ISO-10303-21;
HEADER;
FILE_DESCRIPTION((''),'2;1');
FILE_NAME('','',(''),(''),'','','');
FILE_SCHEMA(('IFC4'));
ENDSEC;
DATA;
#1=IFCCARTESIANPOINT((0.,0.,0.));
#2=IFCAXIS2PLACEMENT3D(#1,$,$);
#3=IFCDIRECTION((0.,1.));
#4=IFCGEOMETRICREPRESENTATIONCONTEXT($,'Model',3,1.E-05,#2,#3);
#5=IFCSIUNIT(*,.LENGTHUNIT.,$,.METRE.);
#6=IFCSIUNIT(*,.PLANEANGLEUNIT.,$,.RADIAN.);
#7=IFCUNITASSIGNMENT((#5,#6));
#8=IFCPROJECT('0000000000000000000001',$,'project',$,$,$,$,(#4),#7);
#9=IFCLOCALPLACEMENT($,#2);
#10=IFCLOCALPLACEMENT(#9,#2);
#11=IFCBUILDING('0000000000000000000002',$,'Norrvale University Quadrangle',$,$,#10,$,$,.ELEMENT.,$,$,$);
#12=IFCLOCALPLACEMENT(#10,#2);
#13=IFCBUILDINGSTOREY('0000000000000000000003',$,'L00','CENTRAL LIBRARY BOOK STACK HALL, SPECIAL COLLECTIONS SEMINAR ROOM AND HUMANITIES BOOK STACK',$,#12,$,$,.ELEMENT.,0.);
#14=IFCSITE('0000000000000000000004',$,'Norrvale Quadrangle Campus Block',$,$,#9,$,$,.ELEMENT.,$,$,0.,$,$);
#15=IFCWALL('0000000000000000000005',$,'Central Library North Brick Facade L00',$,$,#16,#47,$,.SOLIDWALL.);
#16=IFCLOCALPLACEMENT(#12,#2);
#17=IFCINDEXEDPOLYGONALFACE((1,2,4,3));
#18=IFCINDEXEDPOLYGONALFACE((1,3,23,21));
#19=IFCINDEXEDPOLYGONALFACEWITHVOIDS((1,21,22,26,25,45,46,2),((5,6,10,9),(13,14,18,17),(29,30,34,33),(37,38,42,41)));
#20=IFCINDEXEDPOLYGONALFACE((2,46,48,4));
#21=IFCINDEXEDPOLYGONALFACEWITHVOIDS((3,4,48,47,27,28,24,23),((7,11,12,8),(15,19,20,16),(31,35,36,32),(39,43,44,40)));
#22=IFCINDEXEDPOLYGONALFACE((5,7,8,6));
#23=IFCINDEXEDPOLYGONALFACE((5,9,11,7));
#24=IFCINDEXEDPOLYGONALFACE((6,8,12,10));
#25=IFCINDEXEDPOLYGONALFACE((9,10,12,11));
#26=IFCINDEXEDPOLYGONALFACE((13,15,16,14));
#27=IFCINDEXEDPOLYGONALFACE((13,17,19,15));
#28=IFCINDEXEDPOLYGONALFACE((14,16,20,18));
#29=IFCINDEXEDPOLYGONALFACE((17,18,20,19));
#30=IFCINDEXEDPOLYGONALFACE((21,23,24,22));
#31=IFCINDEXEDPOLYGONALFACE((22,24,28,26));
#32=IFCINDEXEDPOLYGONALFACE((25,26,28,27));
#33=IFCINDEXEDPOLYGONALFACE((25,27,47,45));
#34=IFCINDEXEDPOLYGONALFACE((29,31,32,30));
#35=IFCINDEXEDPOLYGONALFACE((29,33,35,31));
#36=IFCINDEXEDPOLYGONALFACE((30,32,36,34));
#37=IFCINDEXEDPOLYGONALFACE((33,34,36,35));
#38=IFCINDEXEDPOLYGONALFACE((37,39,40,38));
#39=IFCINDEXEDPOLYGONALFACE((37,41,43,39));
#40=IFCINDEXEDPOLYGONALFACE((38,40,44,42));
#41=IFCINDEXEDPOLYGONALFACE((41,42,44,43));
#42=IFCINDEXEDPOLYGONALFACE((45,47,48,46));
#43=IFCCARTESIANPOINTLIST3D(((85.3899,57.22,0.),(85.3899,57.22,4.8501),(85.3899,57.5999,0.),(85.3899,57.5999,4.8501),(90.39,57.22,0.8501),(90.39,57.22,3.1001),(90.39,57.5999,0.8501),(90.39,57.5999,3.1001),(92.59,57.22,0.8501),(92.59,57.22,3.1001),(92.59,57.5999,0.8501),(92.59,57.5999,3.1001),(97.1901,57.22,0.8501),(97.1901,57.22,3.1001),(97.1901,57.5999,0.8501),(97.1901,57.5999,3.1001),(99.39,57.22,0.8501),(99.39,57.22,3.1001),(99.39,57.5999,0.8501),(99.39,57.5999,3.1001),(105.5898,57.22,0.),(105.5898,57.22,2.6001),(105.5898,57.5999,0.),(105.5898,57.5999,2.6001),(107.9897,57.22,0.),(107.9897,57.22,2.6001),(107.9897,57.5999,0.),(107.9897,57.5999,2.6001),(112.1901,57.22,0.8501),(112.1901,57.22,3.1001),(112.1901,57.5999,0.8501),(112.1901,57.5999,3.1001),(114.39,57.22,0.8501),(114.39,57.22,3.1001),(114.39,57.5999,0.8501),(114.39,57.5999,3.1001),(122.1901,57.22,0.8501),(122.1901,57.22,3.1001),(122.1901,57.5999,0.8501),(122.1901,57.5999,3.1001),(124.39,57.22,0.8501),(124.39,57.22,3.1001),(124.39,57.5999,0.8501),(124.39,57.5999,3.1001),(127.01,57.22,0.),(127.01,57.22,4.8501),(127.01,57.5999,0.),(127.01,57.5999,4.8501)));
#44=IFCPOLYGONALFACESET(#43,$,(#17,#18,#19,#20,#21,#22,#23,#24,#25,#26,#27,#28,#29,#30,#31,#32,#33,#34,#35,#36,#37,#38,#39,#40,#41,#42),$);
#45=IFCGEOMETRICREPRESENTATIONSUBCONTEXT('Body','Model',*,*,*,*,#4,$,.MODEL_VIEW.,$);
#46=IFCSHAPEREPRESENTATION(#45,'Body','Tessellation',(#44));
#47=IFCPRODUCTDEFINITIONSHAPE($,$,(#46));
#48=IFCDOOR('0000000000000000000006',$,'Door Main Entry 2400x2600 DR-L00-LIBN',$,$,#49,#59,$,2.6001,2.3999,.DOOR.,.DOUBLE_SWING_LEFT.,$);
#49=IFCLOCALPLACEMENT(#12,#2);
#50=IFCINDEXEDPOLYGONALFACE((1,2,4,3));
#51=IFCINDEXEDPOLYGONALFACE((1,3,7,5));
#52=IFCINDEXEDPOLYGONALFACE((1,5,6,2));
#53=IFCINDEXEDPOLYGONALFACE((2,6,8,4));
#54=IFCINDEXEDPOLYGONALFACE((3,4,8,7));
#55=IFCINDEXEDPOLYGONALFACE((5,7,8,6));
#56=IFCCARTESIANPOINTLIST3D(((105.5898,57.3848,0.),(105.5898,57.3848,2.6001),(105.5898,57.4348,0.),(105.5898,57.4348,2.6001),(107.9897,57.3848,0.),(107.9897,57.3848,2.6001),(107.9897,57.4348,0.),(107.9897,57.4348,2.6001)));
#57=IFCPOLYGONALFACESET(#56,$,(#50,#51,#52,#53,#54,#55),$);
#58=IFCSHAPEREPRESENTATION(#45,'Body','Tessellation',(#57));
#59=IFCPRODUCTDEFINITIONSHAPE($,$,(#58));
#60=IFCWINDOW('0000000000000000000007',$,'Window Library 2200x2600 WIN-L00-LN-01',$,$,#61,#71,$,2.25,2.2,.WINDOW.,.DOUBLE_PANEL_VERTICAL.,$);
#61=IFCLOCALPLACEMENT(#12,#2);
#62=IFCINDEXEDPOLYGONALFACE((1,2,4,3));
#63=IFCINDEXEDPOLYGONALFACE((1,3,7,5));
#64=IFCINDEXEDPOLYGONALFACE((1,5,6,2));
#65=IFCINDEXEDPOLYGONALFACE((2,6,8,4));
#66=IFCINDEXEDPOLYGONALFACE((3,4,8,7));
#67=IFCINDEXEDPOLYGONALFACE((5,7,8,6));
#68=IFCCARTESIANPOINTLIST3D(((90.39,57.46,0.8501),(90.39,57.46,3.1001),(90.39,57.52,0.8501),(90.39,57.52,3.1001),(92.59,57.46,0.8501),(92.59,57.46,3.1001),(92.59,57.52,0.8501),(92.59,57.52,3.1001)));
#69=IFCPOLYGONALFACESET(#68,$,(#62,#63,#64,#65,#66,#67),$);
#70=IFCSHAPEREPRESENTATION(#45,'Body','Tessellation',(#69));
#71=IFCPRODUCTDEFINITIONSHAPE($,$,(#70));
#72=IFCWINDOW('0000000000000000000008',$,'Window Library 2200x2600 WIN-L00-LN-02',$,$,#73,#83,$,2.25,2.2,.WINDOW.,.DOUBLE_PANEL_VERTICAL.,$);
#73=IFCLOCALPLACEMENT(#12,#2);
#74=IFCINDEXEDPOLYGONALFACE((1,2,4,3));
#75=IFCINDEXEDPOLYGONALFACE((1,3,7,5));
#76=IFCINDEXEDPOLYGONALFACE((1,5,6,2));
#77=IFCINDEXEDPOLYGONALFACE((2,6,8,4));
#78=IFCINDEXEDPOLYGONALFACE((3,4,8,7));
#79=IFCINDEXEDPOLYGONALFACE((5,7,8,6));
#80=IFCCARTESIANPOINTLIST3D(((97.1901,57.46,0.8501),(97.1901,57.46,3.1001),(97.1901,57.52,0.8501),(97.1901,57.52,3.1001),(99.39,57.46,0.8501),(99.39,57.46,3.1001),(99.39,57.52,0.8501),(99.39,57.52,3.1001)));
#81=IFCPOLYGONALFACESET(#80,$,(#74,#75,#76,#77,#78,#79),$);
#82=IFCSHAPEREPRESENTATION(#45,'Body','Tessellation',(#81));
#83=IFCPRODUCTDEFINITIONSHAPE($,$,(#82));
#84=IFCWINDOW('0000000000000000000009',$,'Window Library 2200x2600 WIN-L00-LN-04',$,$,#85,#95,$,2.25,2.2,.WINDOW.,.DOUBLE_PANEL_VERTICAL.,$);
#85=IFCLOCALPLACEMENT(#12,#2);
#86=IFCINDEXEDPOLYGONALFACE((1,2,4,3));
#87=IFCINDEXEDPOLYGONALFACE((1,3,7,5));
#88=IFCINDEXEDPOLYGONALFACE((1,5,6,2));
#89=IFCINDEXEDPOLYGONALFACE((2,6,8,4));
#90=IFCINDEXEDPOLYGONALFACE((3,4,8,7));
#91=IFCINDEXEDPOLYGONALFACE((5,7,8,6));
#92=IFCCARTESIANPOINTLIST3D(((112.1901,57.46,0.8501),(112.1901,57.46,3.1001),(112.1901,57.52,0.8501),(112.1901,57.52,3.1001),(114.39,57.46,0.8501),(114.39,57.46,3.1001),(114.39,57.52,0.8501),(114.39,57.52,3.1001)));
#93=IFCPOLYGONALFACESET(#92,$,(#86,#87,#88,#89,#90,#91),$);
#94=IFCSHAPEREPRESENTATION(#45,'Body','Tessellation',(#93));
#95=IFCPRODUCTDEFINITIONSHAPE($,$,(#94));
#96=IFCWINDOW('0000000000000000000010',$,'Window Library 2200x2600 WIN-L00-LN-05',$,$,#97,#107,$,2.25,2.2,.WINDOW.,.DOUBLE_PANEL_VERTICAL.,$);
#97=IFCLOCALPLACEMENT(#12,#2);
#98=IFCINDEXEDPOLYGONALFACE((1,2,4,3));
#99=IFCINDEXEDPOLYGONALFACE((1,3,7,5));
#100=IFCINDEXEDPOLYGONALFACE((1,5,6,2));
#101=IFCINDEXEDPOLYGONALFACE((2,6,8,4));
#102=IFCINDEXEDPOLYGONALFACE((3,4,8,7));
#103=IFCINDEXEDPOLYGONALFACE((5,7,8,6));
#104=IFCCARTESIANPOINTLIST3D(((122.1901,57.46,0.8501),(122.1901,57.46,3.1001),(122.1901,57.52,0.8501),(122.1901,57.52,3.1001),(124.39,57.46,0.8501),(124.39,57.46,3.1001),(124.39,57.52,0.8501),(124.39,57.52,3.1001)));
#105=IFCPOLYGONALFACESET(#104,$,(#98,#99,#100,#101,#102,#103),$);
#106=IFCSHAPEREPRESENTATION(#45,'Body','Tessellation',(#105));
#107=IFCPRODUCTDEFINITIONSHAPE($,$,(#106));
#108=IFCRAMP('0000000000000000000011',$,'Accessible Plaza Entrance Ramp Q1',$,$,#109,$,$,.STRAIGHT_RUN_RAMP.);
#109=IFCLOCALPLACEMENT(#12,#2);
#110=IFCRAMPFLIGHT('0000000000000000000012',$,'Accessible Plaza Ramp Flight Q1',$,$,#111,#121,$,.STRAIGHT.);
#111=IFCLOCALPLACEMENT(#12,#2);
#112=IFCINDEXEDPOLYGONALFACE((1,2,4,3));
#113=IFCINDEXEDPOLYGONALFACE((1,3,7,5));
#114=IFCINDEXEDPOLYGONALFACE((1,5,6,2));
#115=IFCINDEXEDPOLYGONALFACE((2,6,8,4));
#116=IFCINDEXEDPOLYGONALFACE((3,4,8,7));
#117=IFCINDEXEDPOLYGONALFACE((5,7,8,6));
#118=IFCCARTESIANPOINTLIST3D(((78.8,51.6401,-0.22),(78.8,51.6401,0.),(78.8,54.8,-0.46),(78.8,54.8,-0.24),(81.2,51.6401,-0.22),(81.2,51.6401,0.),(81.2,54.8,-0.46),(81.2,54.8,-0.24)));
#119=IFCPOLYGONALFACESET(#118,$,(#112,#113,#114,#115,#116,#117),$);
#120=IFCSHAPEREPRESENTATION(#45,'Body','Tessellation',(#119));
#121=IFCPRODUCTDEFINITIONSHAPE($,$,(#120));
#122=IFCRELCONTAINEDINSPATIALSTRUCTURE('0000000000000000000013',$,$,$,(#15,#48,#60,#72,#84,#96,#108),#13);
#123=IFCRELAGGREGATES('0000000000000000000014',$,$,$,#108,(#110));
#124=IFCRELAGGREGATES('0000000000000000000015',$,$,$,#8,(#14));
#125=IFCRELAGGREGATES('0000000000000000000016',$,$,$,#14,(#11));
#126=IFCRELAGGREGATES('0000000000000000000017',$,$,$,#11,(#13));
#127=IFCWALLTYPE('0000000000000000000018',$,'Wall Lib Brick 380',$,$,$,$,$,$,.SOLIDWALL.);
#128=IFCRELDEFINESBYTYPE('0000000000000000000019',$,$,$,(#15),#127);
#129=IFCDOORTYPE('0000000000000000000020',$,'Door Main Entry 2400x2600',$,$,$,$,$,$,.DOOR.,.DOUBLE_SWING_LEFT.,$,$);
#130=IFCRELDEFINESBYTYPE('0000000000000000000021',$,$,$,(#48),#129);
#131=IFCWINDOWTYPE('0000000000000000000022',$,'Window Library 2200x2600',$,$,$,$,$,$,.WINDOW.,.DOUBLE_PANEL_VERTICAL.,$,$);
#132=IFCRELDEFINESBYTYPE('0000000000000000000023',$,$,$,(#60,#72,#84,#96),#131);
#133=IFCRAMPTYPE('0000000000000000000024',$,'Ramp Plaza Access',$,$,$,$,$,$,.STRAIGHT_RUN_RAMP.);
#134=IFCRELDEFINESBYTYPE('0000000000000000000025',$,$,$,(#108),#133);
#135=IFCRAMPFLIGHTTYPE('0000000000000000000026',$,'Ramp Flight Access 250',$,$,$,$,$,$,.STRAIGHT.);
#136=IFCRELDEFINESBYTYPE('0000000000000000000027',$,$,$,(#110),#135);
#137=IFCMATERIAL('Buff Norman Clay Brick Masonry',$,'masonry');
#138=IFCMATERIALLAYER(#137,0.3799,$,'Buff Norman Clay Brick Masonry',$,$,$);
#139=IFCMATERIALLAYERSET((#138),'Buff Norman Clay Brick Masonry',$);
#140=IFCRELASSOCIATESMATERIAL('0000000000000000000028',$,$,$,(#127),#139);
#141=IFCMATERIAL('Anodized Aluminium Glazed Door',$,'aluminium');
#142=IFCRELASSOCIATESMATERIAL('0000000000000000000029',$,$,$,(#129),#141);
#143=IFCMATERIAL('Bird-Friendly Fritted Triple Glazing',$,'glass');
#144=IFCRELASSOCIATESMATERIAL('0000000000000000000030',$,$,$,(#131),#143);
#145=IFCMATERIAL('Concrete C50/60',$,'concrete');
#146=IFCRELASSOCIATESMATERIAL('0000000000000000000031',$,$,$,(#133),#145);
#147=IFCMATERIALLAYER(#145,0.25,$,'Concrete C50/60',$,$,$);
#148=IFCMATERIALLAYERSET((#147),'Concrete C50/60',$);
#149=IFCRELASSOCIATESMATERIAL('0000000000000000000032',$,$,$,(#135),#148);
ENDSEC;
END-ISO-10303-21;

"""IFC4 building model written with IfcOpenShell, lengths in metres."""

from ifc_helpers import new_model, si_unit, direction, frame, frame_2d, origin, place, context, subcontext, project, spatial, polyline, rectangle, outline, extrude, material, layer, layer_set, type_object, element, fill, aggregate, save


model = new_model("IFC4")

# Units and contexts
model_context = context("Model", 3, precision=1e-05, world=origin(), true_north=direction((0.0, 1.0)))
body_context = subcontext(model_context, "Body", "Model", "MODEL_VIEW")
ifc_project = project(units=[si_unit("LENGTHUNIT", "METRE"), si_unit("PLANEANGLEUNIT", "RADIAN")], contexts=[model_context])

# Site, building, storey
site_placement = place(None, origin())
site = spatial("IfcSite", under=ifc_project, at=site_placement, Name="Norrvale Quadrangle Campus Block", CompositionType="ELEMENT", RefElevation=0.0)
building_placement = place(site_placement, origin())
building = spatial("IfcBuilding", under=site, at=building_placement, Name="Norrvale University Quadrangle", CompositionType="ELEMENT")
storey_placement = place(building_placement, origin())
storey = spatial("IfcBuildingStorey", under=building, at=storey_placement, Name="L00", Description="CENTRAL LIBRARY BOOK STACK HALL, SPECIAL COLLECTIONS SEMINAR ROOM AND HUMANITIES BOOK STACK", CompositionType="ELEMENT", Elevation=0.0)

# Wall, openings, door, windows
ifc_material_1 = material(Name="Buff Norman Clay Brick Masonry", Category="masonry")
ifc_layer_1 = layer(ifc_material_1, 0.3799, Name="Buff Norman Clay Brick Masonry")
ifc_layer_set_1 = layer_set([ifc_layer_1], Name="Buff Norman Clay Brick Masonry")
wall_type = type_object("IfcWallType", Name="Wall Lib Brick 380", PredefinedType="SOLIDWALL", material=ifc_layer_set_1)
wall_placement = place(storey_placement, frame((85.3899, 57.4099, 0.0), z_axis=(0.0, 0.0, 1.0), x_axis=(1.0, 0.0, 0.0)))
wall = element("IfcWall", 1, at=wall_placement, inside=storey, type_object=wall_type, Name="Central Library North Brick Facade L00", PredefinedType="SOLIDWALL", context=body_context, shape_type="SweptSolid", body=[
    extrude(rectangle(XDim=41.6201, YDim=0.3799, at=frame_2d((20.8101, 0.0))), origin(), (0.0, 0.0, 1.0), 4.8501),
])
opening_1_placement = place(wall_placement, frame((5.0, 0.0, 0.8501)))
opening_1 = element("IfcOpeningElement", 2, at=opening_1_placement, cuts=wall, PredefinedType="OPENING", context=body_context, shape_type="SweptSolid", body=[
    extrude(rectangle(XDim=2.2, YDim=2.25, at=frame_2d((1.1001, 1.125))), frame((0.0, 0.2019, 0.0), z_axis=(0.0, -1.0, 0.0), x_axis=(1.0, 0.0, 0.0)), (0.0, 0.0, 1.0), 0.4038),
])
opening_2_placement = place(wall_placement, frame((11.8, 0.0, 0.8501)))
opening_2 = element("IfcOpeningElement", 3, at=opening_2_placement, cuts=wall, PredefinedType="OPENING", context=body_context, shape_type="SweptSolid", body=[
    extrude(rectangle(XDim=2.2, YDim=2.25, at=frame_2d((1.1001, 1.125))), frame((0.0, 0.2019, 0.0), z_axis=(0.0, -1.0, 0.0), x_axis=(1.0, 0.0, 0.0)), (0.0, 0.0, 1.0), 0.4038),
])
opening_3_placement = place(wall_placement, frame((20.2, 0.0, 0.0)))
opening_3 = element("IfcOpeningElement", 4, at=opening_3_placement, cuts=wall, PredefinedType="OPENING", context=body_context, shape_type="SweptSolid", body=[
    extrude(rectangle(XDim=2.3999, YDim=2.6001, at=frame_2d((1.2, 1.3))), frame((0.0, 0.2019, 0.0), z_axis=(0.0, -1.0, 0.0), x_axis=(1.0, 0.0, 0.0)), (0.0, 0.0, 1.0), 0.4038),
])
opening_4_placement = place(wall_placement, frame((26.8, 0.0, 0.8501)))
opening_4 = element("IfcOpeningElement", 5, at=opening_4_placement, cuts=wall, PredefinedType="OPENING", context=body_context, shape_type="SweptSolid", body=[
    extrude(rectangle(XDim=2.2, YDim=2.25, at=frame_2d((1.1001, 1.125))), frame((0.0, 0.2019, 0.0), z_axis=(0.0, -1.0, 0.0), x_axis=(1.0, 0.0, 0.0)), (0.0, 0.0, 1.0), 0.4038),
])
opening_5_placement = place(wall_placement, frame((36.8, 0.0, 0.8501)))
opening_5 = element("IfcOpeningElement", 6, at=opening_5_placement, cuts=wall, PredefinedType="OPENING", context=body_context, shape_type="SweptSolid", body=[
    extrude(rectangle(XDim=2.2, YDim=2.25, at=frame_2d((1.1001, 1.125))), frame((0.0, 0.2019, 0.0), z_axis=(0.0, -1.0, 0.0), x_axis=(1.0, 0.0, 0.0)), (0.0, 0.0, 1.0), 0.4038),
])
ifc_material_2 = material(Name="Anodized Aluminium Glazed Door", Category="aluminium")
door_type = type_object("IfcDoorType", Name="Door Main Entry 2400x2600", OperationType="DOUBLE_SWING_LEFT", PredefinedType="DOOR", material=ifc_material_2)
door_placement = place(opening_3_placement, origin())
door = element("IfcDoor", 7, at=door_placement, inside=storey, type_object=door_type, Name="Door Main Entry 2400x2600 DR-L00-LIBN", OperationType="DOUBLE_SWING_LEFT", OverallHeight=2.6001, OverallWidth=2.3999, PredefinedType="DOOR", context=body_context, shape_type="SweptSolid", body=[
    extrude(rectangle(XDim=2.3999, YDim=2.6001, at=frame_2d((1.2, 1.3))), frame((0.0, 0.0249, 0.0), z_axis=(0.0, -1.0, 0.0), x_axis=(1.0, 0.0, 0.0)), (0.0, 0.0, 1.0), 0.05),
])
fill(opening_3, door)
ifc_material_3 = material(Name="Bird-Friendly Fritted Triple Glazing", Category="glass")
window_type = type_object("IfcWindowType", Name="Window Library 2200x2600", PartitioningType="DOUBLE_PANEL_VERTICAL", PredefinedType="WINDOW", material=ifc_material_3)
window_1_placement = place(opening_1_placement, origin())
window_1 = element("IfcWindow", 8, at=window_1_placement, inside=storey, type_object=window_type, Name="Window Library 2200x2600 WIN-L00-LN-01", OverallHeight=2.25, OverallWidth=2.2, PartitioningType="DOUBLE_PANEL_VERTICAL", PredefinedType="WINDOW", context=body_context, shape_type="SweptSolid", body=[
    extrude(rectangle(XDim=2.2, YDim=2.25, at=frame_2d((1.1001, 1.125))), frame((0.0, 0.1101, 0.0), z_axis=(0.0, -1.0, 0.0), x_axis=(1.0, 0.0, 0.0)), (0.0, 0.0, 1.0), 0.0601),
])
fill(opening_1, window_1)
window_2_placement = place(opening_2_placement, origin())
window_2 = element("IfcWindow", 9, at=window_2_placement, inside=storey, type_object=window_type, Name="Window Library 2200x2600 WIN-L00-LN-02", OverallHeight=2.25, OverallWidth=2.2, PartitioningType="DOUBLE_PANEL_VERTICAL", PredefinedType="WINDOW", context=body_context, shape_type="SweptSolid", body=[
    extrude(rectangle(XDim=2.2, YDim=2.25, at=frame_2d((1.1001, 1.125))), frame((0.0, 0.1101, 0.0), z_axis=(0.0, -1.0, 0.0), x_axis=(1.0, 0.0, 0.0)), (0.0, 0.0, 1.0), 0.0601),
])
fill(opening_2, window_2)
window_3_placement = place(opening_4_placement, origin())
window_3 = element("IfcWindow", 10, at=window_3_placement, inside=storey, type_object=window_type, Name="Window Library 2200x2600 WIN-L00-LN-04", OverallHeight=2.25, OverallWidth=2.2, PartitioningType="DOUBLE_PANEL_VERTICAL", PredefinedType="WINDOW", context=body_context, shape_type="SweptSolid", body=[
    extrude(rectangle(XDim=2.2, YDim=2.25, at=frame_2d((1.1001, 1.125))), frame((0.0, 0.1101, 0.0), z_axis=(0.0, -1.0, 0.0), x_axis=(1.0, 0.0, 0.0)), (0.0, 0.0, 1.0), 0.0601),
])
fill(opening_4, window_3)
window_4_placement = place(opening_5_placement, origin())
window_4 = element("IfcWindow", 11, at=window_4_placement, inside=storey, type_object=window_type, Name="Window Library 2200x2600 WIN-L00-LN-05", OverallHeight=2.25, OverallWidth=2.2, PartitioningType="DOUBLE_PANEL_VERTICAL", PredefinedType="WINDOW", context=body_context, shape_type="SweptSolid", body=[
    extrude(rectangle(XDim=2.2, YDim=2.25, at=frame_2d((1.1001, 1.125))), frame((0.0, 0.1101, 0.0), z_axis=(0.0, -1.0, 0.0), x_axis=(1.0, 0.0, 0.0)), (0.0, 0.0, 1.0), 0.0601),
])
fill(opening_5, window_4)

# Ramp, ramp flight
ifc_material_4 = material(Name="Concrete C50/60", Category="concrete")
ramp_type = type_object("IfcRampType", Name="Ramp Plaza Access", PredefinedType="STRAIGHT_RUN_RAMP", material=ifc_material_4)
ramp_placement = place(storey_placement, origin())
ramp = element("IfcRamp", 12, at=ramp_placement, inside=storey, type_object=ramp_type, Name="Accessible Plaza Entrance Ramp Q1", PredefinedType="STRAIGHT_RUN_RAMP")
ifc_layer_2 = layer(ifc_material_4, 0.25, Name="Concrete C50/60")
ifc_layer_set_2 = layer_set([ifc_layer_2], Name="Concrete C50/60")
ramp_flight_type = type_object("IfcRampFlightType", Name="Ramp Flight Access 250", PredefinedType="STRAIGHT", material=ifc_layer_set_2)
ramp_flight_placement = place(storey_placement, frame((80.0, 54.8, -0.24), z_axis=(0.0, 0.0, 1.0), x_axis=(0.0, -1.0, 0.0)))
ramp_flight = element("IfcRampFlight", 13, at=ramp_flight_placement, type_object=ramp_flight_type, Name="Accessible Plaza Ramp Flight Q1", PredefinedType="STRAIGHT", context=body_context, shape_type="SweptSolid", body=[
    extrude(outline(polyline([(0.0, 0.0), (3.1599, 0.24), (3.1599, 0.02), (0.0, -0.22), (0.0, 0.0)])), frame((0.0, 1.2, 0.0), z_axis=(0.0, -1.0, 0.0), x_axis=(1.0, 0.0, 0.0)), (0.0, 0.0, 1.0), 2.3999),
])
aggregate(ramp, [ramp_flight])

save(model, "model.ifc")
